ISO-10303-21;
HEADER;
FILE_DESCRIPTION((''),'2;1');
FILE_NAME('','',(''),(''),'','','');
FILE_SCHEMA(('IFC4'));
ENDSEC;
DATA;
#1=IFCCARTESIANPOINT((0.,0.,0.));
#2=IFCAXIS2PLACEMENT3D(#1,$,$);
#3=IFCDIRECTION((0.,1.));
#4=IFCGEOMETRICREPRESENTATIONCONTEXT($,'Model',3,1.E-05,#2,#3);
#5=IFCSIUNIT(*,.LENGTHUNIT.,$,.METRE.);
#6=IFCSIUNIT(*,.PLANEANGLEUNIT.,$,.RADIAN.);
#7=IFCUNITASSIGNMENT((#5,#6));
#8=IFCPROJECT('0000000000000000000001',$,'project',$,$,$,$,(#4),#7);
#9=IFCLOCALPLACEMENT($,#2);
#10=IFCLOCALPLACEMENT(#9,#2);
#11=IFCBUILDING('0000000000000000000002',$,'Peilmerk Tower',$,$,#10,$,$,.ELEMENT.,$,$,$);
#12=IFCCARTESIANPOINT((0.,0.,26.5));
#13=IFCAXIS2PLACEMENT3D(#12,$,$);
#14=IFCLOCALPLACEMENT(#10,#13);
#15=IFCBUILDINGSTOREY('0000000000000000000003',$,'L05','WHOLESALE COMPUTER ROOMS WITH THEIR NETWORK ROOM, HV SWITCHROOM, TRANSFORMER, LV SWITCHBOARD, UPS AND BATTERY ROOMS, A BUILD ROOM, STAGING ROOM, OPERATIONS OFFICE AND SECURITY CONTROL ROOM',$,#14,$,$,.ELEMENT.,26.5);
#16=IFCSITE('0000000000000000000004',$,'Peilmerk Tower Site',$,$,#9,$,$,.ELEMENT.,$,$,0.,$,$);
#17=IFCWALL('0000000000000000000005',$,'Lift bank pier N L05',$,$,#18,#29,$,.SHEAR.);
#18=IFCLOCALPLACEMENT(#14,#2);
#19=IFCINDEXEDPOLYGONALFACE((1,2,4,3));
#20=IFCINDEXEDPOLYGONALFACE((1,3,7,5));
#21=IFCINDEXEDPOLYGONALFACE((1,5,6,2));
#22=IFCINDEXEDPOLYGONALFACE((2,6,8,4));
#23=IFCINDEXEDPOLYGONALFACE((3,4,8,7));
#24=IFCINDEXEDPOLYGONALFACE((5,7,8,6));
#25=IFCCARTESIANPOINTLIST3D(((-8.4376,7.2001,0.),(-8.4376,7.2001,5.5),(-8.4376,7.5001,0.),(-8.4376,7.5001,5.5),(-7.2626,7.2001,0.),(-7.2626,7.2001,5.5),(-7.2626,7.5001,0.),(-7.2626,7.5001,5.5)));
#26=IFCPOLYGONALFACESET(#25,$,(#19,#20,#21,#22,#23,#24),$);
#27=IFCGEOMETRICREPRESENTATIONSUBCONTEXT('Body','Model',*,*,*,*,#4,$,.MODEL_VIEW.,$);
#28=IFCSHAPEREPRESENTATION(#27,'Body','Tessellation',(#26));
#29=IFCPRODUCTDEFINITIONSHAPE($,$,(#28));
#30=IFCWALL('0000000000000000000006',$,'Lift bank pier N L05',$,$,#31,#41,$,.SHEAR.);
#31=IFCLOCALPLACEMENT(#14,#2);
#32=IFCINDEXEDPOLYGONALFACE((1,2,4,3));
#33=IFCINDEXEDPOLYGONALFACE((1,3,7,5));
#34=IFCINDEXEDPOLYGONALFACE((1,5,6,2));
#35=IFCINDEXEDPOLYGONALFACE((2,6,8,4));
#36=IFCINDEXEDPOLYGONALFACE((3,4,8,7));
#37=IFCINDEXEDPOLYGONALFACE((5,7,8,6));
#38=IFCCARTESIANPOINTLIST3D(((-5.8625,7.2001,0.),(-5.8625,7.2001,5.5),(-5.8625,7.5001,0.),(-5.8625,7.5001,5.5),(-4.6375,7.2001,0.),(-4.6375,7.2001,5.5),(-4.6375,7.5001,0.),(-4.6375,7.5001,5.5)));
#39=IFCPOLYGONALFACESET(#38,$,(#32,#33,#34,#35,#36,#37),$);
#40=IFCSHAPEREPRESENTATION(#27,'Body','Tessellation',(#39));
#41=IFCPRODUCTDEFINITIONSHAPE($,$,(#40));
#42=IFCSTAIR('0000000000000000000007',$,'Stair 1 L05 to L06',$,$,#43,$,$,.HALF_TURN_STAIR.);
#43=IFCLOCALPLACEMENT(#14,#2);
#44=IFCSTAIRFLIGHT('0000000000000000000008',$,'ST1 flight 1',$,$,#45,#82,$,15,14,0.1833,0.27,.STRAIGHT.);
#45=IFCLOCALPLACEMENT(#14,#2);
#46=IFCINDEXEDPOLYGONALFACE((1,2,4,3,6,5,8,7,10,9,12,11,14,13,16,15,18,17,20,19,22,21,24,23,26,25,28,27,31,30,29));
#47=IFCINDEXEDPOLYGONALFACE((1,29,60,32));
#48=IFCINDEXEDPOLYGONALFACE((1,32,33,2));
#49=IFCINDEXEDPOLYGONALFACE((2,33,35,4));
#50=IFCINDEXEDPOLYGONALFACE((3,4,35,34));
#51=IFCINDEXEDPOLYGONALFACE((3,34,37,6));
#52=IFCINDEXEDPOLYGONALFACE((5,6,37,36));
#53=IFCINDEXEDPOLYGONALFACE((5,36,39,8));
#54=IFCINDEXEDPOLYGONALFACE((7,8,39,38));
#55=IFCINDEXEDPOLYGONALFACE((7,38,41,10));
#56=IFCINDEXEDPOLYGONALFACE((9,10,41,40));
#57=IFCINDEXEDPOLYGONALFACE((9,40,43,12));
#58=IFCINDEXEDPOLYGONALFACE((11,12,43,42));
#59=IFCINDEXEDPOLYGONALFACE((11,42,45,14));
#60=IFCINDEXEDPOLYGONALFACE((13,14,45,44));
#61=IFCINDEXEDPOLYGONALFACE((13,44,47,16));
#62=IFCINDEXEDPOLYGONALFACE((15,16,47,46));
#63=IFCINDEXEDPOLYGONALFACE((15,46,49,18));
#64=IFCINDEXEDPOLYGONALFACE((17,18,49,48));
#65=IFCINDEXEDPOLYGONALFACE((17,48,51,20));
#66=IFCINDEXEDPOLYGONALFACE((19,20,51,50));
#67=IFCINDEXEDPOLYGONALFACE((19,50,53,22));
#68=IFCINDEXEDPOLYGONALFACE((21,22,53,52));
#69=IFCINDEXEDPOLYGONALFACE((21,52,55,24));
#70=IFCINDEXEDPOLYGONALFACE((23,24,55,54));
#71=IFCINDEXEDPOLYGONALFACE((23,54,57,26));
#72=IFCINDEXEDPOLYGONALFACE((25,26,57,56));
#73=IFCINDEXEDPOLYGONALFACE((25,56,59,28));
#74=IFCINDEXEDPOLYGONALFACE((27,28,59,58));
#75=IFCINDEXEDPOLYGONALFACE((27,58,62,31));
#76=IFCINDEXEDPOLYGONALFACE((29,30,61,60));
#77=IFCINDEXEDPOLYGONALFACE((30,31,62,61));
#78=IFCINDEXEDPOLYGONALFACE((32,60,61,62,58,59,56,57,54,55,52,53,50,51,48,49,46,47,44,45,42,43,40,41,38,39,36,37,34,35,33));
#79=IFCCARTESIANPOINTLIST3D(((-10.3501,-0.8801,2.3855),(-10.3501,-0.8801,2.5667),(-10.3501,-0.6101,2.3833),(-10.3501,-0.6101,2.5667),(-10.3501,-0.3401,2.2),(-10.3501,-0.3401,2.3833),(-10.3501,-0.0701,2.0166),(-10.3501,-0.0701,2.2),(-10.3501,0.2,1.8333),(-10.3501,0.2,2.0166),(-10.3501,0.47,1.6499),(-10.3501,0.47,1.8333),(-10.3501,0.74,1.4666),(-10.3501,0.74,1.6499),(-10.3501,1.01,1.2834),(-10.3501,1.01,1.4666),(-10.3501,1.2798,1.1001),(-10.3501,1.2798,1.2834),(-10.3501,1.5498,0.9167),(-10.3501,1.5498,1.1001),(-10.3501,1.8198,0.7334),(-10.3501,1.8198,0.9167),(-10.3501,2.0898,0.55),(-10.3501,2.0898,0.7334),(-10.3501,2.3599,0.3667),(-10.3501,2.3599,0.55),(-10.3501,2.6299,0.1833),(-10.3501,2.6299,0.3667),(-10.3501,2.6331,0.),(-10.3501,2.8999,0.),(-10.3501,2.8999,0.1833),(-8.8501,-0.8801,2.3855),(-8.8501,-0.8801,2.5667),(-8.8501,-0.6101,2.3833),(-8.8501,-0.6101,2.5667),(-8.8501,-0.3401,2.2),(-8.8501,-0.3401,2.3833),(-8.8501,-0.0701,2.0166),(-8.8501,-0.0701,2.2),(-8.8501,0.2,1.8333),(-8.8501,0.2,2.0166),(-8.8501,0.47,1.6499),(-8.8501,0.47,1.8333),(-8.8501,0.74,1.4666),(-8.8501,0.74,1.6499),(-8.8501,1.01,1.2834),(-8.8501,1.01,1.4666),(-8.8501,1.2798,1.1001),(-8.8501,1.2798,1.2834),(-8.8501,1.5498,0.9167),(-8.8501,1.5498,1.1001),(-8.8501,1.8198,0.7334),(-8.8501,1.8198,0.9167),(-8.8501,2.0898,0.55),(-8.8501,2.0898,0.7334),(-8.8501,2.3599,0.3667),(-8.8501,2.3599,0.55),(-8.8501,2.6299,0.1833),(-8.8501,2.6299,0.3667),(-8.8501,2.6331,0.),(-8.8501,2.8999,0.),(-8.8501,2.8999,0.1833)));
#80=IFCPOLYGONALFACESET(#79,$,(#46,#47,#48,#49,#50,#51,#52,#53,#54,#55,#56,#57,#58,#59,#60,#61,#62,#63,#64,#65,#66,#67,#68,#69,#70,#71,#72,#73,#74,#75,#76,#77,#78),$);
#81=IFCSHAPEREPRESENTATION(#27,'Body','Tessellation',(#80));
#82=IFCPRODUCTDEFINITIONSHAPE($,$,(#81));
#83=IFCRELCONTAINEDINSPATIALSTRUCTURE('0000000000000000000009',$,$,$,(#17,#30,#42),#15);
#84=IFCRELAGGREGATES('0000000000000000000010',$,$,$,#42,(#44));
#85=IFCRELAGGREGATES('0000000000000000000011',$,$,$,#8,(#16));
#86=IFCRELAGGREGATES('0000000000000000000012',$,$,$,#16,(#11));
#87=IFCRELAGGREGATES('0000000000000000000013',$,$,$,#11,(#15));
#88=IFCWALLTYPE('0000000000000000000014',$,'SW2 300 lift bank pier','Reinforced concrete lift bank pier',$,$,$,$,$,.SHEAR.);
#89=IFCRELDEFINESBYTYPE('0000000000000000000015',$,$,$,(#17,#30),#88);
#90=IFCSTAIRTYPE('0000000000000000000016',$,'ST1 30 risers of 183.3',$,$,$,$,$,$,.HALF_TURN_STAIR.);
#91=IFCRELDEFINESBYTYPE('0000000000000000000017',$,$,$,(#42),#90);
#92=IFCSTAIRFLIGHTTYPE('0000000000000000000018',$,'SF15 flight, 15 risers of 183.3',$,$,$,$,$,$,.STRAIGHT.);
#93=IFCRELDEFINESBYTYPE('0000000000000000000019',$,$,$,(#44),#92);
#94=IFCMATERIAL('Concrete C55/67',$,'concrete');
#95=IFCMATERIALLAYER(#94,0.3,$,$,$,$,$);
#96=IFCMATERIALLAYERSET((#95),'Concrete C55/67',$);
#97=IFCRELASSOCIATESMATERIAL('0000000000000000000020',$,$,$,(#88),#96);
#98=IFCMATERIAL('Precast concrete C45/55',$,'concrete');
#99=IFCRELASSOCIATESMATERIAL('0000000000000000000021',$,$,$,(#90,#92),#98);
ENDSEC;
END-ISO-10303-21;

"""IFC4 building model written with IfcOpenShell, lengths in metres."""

from ifc_helpers import new_model, si_unit, direction, frame, frame_2d, origin, place, context, subcontext, project, spatial, polyline, rectangle, outline, extrude, material, layer, layer_set, type_object, element, aggregate, save


model = new_model("IFC4")

# Units and contexts
model_context = context("Model", 3, precision=1e-05, world=origin(), true_north=direction((0.0, 1.0)))
body_context = subcontext(model_context, "Body", "Model", "MODEL_VIEW")
ifc_project = project(units=[si_unit("LENGTHUNIT", "METRE"), si_unit("PLANEANGLEUNIT", "RADIAN")], contexts=[model_context])

# Site, building, storey
site_placement = place(None, origin())
site = spatial("IfcSite", under=ifc_project, at=site_placement, Name="Peilmerk Tower Site", CompositionType="ELEMENT", RefElevation=0.0)
building_placement = place(site_placement, origin())
building = spatial("IfcBuilding", under=site, at=building_placement, Name="Peilmerk Tower", CompositionType="ELEMENT")
storey_placement = place(building_placement, frame((0.0, 0.0, 26.5)))
storey = spatial("IfcBuildingStorey", under=building, at=storey_placement, Name="L05", Description="WHOLESALE COMPUTER ROOMS WITH THEIR NETWORK ROOM, HV SWITCHROOM, TRANSFORMER, LV SWITCHBOARD, UPS AND BATTERY ROOMS, A BUILD ROOM, STAGING ROOM, OPERATIONS OFFICE AND SECURITY CONTROL ROOM", CompositionType="ELEMENT", Elevation=26.5)

# Walls
ifc_material_1 = material(Name="Concrete C55/67", Category="concrete")
ifc_layer_1 = layer(ifc_material_1, 0.3)
ifc_layer_set_1 = layer_set([ifc_layer_1], Name="Concrete C55/67")
wall_type_1 = type_object("IfcWallType", Name="SW2 300 lift bank pier", Description="Reinforced concrete lift bank pier", PredefinedType="SHEAR", material=ifc_layer_set_1)
wall_1_placement = place(storey_placement, frame((-8.4375, 7.3501, 0.0), z_axis=(0.0, 0.0, 1.0), x_axis=(1.0, 0.0, 0.0)))
element("IfcWall", 1, at=wall_1_placement, inside=storey, type_object=wall_type_1, Name="Lift bank pier N L05", PredefinedType="SHEAR", context=body_context, shape_type="SweptSolid", body=[
    extrude(rectangle(XDim=1.175, YDim=0.3, at=frame_2d((0.5874, 0.0))), origin(), (0.0, 0.0, 1.0), 5.5),
])
wall_2_placement = place(storey_placement, frame((-5.8625, 7.3501, 0.0), z_axis=(0.0, 0.0, 1.0), x_axis=(1.0, 0.0, 0.0)))
element("IfcWall", 2, at=wall_2_placement, inside=storey, type_object=wall_type_1, Name="Lift bank pier N L05", PredefinedType="SHEAR", context=body_context, shape_type="SweptSolid", body=[
    extrude(rectangle(XDim=1.2251, YDim=0.3, at=frame_2d((0.6125, 0.0))), origin(), (0.0, 0.0, 1.0), 5.5),
])

# Stair, stair flight
ifc_material_2 = material(Name="Precast concrete C45/55", Category="concrete")
stair_type = type_object("IfcStairType", Name="ST1 30 risers of 183.3", PredefinedType="HALF_TURN_STAIR", material=ifc_material_2)
stair_placement = place(storey_placement, origin())
stair = element("IfcStair", 3, at=stair_placement, inside=storey, type_object=stair_type, Name="Stair 1 L05 to L06", PredefinedType="HALF_TURN_STAIR")
stair_flight_type = type_object("IfcStairFlightType", Name="SF15 flight, 15 risers of 183.3", PredefinedType="STRAIGHT", material=ifc_material_2)
stair_flight_placement = place(storey_placement, frame((-9.6001, 2.8999, 0.0), z_axis=(0.0, 0.0, 1.0), x_axis=(0.0, -1.0, 0.0)))
stair_flight = element("IfcStairFlight", 4, at=stair_flight_placement, type_object=stair_flight_type, Name="ST1 flight 1", NumberOfRisers=15, NumberOfTreads=14, PredefinedType="STRAIGHT", RiserHeight=0.1833, TreadLength=0.27, context=body_context, shape_type="SweptSolid", body=[
    extrude(outline(polyline([(0.0, 0.0), (0.0, 0.1833), (0.27, 0.1833), (0.27, 0.3667), (0.54, 0.3667), (0.54, 0.55), (0.8101, 0.55), (0.8101, 0.7334), (1.0801, 0.7334), (1.0801, 0.9167), (1.3501, 0.9167), (1.3501, 1.1001), (1.6201, 1.1001), (1.6201, 1.2834), (1.8899, 1.2834), (1.8899, 1.4666), (2.1599, 1.4666), (2.1599, 1.6499), (2.4299, 1.6499), (2.4299, 1.8333), (2.7, 1.8333), (2.7, 2.0166), (2.97, 2.0166), (2.97, 2.2), (3.24, 2.2), (3.24, 2.3833), (3.51, 2.3833), (3.51, 2.5667), (3.78, 2.5667), (3.78, 2.75), (3.78, 2.3855), (0.2668, 0.0), (0.0, 0.0)])), frame((0.0, 0.75, 0.0), z_axis=(0.0, -1.0, 0.0), x_axis=(1.0, 0.0, 0.0)), (0.0, 0.0, 1.0), 1.5),
])
aggregate(stair, [stair_flight])

save(model, "model.ifc")
